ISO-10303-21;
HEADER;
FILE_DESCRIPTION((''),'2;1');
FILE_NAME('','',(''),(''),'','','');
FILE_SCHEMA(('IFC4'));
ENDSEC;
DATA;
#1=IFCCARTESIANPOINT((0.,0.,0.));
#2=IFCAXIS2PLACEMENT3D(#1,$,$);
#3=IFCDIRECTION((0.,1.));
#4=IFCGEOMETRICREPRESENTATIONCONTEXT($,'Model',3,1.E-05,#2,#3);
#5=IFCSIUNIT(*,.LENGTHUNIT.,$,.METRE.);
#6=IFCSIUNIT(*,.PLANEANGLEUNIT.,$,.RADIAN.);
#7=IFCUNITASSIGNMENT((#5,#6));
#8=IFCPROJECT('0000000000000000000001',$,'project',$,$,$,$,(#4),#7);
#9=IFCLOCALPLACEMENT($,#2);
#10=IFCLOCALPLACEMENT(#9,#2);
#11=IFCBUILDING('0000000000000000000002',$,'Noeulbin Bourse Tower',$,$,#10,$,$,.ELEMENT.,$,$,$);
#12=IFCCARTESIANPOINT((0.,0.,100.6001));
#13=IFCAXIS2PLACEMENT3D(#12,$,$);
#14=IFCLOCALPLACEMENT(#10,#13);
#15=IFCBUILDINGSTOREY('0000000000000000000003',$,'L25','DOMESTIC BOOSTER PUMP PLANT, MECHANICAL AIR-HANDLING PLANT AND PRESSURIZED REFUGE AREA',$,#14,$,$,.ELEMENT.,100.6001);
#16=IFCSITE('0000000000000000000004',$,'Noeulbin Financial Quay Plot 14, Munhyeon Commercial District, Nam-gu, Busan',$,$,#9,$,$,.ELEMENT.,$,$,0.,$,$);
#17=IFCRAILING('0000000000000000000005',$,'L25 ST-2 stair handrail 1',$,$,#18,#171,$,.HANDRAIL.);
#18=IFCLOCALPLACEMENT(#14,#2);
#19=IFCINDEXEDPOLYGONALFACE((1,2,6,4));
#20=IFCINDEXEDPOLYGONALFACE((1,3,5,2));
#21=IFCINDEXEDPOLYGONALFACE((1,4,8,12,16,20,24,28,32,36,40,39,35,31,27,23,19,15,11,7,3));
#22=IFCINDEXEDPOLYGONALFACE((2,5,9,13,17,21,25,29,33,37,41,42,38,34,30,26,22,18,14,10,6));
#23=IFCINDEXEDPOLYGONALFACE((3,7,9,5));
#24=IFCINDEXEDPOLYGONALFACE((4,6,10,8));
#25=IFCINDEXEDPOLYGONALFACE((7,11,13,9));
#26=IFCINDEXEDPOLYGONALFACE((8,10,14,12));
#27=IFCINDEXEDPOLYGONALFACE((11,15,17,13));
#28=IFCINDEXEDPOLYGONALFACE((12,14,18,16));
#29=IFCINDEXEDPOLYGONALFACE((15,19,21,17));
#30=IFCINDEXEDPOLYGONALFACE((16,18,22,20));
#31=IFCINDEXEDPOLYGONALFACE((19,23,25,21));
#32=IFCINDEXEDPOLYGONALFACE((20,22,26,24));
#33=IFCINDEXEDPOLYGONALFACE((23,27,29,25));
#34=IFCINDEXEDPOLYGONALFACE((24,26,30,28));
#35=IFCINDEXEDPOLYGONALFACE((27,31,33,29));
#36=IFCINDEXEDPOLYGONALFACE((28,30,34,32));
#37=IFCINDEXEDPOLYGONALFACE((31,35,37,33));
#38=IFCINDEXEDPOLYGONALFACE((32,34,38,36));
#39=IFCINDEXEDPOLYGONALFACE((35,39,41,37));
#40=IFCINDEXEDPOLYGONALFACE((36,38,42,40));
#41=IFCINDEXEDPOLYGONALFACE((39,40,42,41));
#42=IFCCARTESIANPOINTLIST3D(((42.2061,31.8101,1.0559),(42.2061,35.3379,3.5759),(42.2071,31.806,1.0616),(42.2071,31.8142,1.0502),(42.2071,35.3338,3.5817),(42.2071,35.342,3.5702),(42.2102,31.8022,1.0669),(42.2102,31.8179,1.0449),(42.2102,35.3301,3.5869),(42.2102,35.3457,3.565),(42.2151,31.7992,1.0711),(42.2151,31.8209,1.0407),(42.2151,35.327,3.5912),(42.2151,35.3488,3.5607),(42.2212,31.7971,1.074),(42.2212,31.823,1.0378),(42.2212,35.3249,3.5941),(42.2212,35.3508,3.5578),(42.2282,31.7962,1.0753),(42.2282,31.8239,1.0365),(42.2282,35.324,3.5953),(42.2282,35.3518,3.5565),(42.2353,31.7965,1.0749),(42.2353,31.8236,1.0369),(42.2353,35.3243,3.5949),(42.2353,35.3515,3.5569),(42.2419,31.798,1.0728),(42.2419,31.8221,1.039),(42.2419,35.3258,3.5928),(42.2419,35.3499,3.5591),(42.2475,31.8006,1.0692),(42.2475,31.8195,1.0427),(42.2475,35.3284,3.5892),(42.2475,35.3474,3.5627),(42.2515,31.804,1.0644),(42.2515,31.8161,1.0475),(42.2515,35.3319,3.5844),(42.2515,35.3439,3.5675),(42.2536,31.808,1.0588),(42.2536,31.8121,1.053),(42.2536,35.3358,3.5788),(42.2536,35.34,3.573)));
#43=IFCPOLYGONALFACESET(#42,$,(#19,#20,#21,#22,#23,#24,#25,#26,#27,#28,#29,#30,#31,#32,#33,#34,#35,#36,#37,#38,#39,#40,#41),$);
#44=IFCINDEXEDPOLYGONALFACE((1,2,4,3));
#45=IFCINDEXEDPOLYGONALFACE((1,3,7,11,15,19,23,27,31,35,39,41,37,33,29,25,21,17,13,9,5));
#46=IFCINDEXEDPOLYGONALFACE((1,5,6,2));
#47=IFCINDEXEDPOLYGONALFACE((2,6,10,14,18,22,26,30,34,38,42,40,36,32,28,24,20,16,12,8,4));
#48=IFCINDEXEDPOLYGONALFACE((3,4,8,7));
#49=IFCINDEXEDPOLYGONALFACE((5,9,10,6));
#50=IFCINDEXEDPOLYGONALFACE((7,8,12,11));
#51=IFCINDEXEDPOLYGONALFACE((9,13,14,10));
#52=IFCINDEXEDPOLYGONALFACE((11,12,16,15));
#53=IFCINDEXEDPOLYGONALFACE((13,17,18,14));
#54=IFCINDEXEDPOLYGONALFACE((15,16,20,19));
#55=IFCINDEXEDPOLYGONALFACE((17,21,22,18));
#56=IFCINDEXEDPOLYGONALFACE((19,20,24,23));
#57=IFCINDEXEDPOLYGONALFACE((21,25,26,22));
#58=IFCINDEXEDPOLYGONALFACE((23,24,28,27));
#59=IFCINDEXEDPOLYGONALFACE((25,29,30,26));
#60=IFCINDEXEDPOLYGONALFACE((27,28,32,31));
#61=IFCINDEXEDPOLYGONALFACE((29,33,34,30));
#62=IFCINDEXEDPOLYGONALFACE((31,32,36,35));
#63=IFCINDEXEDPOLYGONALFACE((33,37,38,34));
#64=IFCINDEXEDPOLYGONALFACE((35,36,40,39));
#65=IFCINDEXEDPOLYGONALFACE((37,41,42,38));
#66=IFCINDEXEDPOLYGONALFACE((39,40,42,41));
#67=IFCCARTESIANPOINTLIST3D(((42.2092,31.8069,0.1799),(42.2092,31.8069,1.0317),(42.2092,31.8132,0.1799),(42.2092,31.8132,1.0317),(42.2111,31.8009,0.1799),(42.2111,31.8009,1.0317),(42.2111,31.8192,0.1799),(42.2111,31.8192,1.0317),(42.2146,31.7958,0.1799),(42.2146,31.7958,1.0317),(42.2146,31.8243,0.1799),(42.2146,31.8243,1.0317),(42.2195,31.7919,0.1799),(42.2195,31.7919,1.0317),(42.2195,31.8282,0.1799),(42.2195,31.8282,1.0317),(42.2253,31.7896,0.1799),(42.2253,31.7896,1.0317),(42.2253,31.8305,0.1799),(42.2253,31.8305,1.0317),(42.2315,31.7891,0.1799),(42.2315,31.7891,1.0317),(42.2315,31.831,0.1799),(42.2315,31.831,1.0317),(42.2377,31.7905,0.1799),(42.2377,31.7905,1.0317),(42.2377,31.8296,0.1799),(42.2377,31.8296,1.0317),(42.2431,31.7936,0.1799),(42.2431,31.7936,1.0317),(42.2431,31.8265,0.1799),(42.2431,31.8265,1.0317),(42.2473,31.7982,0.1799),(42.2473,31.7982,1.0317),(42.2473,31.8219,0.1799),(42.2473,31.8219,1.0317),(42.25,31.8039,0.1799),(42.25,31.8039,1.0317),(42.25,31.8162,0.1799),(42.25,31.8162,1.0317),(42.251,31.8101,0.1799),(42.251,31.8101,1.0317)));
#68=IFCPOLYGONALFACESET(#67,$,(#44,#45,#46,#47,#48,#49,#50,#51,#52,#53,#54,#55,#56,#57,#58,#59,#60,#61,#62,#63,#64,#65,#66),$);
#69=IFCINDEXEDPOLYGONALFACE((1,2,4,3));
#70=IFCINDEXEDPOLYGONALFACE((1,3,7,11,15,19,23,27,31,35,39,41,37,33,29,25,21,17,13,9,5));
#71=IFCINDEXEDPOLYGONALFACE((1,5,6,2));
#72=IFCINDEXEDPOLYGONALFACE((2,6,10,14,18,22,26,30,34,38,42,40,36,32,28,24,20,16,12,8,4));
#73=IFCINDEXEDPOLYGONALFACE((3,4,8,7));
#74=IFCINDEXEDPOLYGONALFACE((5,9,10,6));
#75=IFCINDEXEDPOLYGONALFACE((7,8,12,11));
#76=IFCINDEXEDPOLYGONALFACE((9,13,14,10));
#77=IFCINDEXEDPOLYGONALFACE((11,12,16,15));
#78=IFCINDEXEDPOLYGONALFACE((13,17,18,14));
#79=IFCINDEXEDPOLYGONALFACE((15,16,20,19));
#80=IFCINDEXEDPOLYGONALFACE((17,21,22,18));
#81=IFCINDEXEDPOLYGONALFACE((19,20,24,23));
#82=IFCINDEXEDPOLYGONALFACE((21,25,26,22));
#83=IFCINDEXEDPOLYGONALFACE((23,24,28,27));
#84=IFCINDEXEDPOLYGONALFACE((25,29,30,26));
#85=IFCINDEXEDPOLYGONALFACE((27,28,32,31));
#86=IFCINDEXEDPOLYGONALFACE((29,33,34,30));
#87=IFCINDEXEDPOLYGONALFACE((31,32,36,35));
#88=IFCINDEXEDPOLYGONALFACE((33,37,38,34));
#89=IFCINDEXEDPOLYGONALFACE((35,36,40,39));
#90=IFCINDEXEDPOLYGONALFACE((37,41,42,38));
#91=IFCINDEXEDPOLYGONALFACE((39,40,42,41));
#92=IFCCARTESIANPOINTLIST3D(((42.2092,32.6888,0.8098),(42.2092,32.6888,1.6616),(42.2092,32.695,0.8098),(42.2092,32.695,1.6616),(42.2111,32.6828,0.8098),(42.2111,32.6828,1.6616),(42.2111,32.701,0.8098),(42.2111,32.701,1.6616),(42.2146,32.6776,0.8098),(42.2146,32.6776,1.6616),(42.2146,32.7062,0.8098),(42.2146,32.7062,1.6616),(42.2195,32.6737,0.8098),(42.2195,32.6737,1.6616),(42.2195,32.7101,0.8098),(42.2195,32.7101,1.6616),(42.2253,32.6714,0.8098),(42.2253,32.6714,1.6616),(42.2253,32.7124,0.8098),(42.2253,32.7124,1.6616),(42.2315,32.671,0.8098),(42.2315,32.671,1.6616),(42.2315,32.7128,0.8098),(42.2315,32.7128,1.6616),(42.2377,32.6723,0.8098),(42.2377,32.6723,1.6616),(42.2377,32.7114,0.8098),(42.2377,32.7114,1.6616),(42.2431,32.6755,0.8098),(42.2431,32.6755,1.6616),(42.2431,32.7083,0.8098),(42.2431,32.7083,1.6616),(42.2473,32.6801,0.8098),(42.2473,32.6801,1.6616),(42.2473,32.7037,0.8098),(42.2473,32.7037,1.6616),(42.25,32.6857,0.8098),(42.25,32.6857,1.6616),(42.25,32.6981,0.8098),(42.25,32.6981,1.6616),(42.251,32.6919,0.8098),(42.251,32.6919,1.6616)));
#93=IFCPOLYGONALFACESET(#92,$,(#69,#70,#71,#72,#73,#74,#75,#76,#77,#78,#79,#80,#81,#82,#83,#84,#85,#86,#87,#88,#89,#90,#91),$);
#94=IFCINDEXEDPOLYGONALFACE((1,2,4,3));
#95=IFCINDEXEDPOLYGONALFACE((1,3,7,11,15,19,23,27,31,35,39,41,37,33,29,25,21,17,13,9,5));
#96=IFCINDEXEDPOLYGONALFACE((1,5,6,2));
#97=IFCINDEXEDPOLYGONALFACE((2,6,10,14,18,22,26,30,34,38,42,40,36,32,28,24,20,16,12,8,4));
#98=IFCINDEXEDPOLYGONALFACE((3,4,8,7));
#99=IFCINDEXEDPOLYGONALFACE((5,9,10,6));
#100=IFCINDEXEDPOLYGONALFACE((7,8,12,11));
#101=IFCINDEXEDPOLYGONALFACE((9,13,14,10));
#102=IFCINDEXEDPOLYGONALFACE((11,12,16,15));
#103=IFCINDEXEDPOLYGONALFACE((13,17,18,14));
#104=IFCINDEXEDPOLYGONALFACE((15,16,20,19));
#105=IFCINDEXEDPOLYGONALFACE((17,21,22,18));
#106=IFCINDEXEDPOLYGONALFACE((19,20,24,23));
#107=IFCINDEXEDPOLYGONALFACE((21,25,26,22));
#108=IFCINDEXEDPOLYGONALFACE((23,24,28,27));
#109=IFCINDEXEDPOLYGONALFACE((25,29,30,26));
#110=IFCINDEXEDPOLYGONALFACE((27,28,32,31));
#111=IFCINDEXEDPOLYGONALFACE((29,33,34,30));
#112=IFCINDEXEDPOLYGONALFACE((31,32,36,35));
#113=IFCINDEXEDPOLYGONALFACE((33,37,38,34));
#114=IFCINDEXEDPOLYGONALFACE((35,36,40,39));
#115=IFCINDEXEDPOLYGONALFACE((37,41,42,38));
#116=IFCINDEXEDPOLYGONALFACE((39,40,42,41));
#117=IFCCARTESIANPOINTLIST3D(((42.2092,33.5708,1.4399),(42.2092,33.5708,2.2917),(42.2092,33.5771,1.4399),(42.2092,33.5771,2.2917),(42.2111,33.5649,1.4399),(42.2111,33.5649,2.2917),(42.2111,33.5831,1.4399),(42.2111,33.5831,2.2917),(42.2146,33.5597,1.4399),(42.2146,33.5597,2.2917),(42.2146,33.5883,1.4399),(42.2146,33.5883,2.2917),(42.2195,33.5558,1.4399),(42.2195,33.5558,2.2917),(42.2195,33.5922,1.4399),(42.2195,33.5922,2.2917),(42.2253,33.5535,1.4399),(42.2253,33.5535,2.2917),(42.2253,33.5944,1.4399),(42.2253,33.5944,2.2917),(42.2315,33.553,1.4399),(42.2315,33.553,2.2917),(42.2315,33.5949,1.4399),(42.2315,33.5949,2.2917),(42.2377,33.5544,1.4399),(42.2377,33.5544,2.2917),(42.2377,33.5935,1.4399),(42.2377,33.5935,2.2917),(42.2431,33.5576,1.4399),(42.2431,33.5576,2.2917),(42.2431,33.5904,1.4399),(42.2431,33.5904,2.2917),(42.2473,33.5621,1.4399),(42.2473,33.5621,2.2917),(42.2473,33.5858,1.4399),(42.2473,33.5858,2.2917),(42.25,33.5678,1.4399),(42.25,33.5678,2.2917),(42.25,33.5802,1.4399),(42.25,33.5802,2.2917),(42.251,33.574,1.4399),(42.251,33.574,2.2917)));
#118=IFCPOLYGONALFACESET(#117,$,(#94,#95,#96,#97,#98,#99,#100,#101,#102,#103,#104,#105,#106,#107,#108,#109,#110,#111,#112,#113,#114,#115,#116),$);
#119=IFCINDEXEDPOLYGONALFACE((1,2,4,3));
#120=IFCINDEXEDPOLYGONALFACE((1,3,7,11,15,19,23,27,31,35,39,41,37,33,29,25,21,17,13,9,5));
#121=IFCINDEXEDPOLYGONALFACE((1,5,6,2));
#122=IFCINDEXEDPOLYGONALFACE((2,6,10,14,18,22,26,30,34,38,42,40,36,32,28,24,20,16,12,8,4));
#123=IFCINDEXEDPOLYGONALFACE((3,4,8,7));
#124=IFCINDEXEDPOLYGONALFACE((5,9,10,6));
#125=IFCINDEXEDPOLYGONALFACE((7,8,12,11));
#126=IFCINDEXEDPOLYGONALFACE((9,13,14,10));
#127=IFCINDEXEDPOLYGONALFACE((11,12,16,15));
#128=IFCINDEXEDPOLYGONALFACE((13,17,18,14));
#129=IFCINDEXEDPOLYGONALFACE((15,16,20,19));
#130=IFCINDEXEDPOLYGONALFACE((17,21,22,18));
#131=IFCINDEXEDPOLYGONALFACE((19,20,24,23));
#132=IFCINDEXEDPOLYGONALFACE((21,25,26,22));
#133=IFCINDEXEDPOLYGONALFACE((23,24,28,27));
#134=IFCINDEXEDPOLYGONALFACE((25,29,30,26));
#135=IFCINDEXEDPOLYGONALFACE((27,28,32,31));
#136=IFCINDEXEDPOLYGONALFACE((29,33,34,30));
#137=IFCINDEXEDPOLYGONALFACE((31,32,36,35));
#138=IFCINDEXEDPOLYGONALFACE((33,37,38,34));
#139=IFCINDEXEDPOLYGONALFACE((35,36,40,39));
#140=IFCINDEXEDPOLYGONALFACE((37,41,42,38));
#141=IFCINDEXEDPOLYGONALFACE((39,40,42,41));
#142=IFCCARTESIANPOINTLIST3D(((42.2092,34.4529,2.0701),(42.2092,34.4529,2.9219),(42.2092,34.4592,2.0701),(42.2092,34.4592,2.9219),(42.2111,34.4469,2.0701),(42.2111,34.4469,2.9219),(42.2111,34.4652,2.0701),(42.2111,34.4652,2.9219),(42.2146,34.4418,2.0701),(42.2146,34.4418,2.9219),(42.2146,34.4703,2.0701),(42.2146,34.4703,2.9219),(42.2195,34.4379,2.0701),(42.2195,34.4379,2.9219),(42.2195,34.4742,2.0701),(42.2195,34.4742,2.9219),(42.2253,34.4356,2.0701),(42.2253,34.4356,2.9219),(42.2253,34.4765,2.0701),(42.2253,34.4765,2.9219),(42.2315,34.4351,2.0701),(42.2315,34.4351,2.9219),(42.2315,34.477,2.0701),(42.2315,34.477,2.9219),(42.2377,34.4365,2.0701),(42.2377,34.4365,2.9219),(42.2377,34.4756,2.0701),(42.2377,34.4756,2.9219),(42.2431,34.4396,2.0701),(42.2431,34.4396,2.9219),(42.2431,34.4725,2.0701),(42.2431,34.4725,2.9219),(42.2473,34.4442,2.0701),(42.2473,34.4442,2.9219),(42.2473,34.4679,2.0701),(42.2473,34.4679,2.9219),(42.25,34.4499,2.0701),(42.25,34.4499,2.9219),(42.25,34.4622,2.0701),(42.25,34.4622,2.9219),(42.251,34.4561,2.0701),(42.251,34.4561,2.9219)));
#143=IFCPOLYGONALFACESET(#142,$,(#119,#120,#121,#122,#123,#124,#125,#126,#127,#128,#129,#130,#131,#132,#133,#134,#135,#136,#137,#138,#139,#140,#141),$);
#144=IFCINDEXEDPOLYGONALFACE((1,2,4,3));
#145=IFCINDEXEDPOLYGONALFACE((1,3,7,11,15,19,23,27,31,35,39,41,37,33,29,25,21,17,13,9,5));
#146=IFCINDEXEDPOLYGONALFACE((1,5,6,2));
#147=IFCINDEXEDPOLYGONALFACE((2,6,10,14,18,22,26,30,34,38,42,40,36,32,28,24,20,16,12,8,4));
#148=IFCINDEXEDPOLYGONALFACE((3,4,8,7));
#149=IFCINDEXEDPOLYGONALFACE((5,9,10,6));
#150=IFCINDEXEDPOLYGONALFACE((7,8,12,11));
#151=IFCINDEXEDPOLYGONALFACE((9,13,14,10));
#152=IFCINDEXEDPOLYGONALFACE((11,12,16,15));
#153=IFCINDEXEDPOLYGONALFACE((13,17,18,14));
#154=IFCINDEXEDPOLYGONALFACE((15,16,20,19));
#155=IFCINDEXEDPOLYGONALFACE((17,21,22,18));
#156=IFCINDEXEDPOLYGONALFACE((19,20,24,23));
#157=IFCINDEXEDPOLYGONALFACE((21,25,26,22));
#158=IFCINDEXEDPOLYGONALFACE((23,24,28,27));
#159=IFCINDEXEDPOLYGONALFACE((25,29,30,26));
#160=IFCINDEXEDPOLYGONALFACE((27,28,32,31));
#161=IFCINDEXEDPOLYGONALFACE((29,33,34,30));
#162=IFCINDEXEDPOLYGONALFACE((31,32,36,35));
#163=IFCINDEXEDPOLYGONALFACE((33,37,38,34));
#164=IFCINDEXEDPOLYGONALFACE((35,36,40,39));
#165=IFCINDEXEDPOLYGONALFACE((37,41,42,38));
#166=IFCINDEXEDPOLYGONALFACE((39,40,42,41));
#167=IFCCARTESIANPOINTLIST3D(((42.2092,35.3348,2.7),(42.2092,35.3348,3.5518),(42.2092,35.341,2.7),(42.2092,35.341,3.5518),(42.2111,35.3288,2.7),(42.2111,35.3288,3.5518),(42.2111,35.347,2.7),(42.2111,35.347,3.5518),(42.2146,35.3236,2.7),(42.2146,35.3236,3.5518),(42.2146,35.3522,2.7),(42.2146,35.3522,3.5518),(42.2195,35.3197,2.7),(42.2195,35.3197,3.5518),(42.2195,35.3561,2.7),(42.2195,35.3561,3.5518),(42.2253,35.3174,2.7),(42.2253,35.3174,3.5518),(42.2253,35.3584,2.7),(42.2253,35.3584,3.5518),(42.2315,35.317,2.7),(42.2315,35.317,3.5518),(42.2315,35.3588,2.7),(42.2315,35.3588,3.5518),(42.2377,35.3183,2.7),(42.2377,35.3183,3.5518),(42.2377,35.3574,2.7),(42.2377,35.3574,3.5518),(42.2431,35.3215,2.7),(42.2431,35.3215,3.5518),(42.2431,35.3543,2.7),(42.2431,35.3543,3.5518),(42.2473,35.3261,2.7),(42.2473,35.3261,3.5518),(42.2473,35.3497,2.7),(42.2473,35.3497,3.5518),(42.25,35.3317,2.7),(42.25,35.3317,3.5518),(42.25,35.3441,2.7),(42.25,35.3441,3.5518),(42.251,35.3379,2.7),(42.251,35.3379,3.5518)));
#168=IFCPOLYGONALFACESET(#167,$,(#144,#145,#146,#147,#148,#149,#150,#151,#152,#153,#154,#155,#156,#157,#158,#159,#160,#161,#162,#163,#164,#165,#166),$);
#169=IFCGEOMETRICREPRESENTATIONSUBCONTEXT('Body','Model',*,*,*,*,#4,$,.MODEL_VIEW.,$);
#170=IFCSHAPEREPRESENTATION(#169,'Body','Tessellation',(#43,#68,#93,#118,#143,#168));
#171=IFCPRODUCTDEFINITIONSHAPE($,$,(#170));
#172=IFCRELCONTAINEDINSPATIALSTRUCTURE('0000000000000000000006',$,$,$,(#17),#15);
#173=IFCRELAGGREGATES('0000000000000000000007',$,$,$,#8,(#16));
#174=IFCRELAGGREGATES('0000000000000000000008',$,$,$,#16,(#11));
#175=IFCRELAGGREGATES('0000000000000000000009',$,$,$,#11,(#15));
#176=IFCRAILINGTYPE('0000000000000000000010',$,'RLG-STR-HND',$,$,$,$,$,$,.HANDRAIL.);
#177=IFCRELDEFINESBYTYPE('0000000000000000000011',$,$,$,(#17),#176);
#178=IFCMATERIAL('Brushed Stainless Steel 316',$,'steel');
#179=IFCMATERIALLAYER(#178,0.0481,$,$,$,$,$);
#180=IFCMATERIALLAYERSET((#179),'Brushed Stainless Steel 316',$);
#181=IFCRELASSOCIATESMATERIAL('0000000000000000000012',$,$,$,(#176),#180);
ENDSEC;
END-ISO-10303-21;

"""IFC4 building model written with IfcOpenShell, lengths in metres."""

from ifc_helpers import new_model, si_unit, direction, frame, origin, origin_2d, place, context, subcontext, project, spatial, circle, extrude, material, layer, layer_set, type_object, element, save


model = new_model("IFC4")

# Units and contexts
model_context = context("Model", 3, precision=1e-05, world=origin(), true_north=direction((0.0, 1.0)))
body_context = subcontext(model_context, "Body", "Model", "MODEL_VIEW")
ifc_project = project(units=[si_unit("LENGTHUNIT", "METRE"), si_unit("PLANEANGLEUNIT", "RADIAN")], contexts=[model_context])

# Site, building, storey
site_placement = place(None, origin())
site = spatial("IfcSite", under=ifc_project, at=site_placement, Name="Noeulbin Financial Quay Plot 14, Munhyeon Commercial District, Nam-gu, Busan", CompositionType="ELEMENT", RefElevation=0.0)
building_placement = place(site_placement, origin())
building = spatial("IfcBuilding", under=site, at=building_placement, Name="Noeulbin Bourse Tower", CompositionType="ELEMENT")
storey_placement = place(building_placement, frame((0.0, 0.0, 100.6001)))
storey = spatial("IfcBuildingStorey", under=building, at=storey_placement, Name="L25", Description="DOMESTIC BOOSTER PUMP PLANT, MECHANICAL AIR-HANDLING PLANT AND PRESSURIZED REFUGE AREA", CompositionType="ELEMENT", Elevation=100.6001)

# Railing
ifc_material_1 = material(Name="Brushed Stainless Steel 316", Category="steel")
ifc_layer_1 = layer(ifc_material_1, 0.0481)
ifc_layer_set_1 = layer_set([ifc_layer_1], Name="Brushed Stainless Steel 316")
railing_type_1 = type_object("IfcRailingType", Name="RLG-STR-HND", PredefinedType="HANDRAIL", material=ifc_layer_set_1)
railing_1_placement = place(storey_placement, frame((42.23, 31.8101, 0.1799)))
element("IfcRailing", 1, at=railing_1_placement, inside=storey, type_object=railing_type_1, Name="L25 ST-2 stair handrail 1", PredefinedType="HANDRAIL", context=body_context, shape_type="SweptSolid", body=[
    extrude(circle(Radius=0.0239, at=origin_2d()), frame((0.0, 0.0, 0.876), z_axis=(0.0, 0.813718, 0.58126), x_axis=(-1.0, 0.0, 0.0)), (0.0, 0.0, 1.0), 4.3354),
    extrude(circle(Radius=0.021, at=origin_2d()), origin(), (0.0, 0.0, 1.0), 0.8518),
    extrude(circle(Radius=0.021, at=origin_2d()), frame((0.0, 0.8818, 0.6299)), (0.0, 0.0, 1.0), 0.8518),
    extrude(circle(Radius=0.021, at=origin_2d()), frame((0.0, 1.7639, 1.26)), (0.0, 0.0, 1.0), 0.8518),
    extrude(circle(Radius=0.021, at=origin_2d()), frame((0.0, 2.646, 1.8901)), (0.0, 0.0, 1.0), 0.8518),
    extrude(circle(Radius=0.021, at=origin_2d()), frame((0.0, 3.5278, 2.52)), (0.0, 0.0, 1.0), 0.8518),
])

save(model, "model.ifc")
